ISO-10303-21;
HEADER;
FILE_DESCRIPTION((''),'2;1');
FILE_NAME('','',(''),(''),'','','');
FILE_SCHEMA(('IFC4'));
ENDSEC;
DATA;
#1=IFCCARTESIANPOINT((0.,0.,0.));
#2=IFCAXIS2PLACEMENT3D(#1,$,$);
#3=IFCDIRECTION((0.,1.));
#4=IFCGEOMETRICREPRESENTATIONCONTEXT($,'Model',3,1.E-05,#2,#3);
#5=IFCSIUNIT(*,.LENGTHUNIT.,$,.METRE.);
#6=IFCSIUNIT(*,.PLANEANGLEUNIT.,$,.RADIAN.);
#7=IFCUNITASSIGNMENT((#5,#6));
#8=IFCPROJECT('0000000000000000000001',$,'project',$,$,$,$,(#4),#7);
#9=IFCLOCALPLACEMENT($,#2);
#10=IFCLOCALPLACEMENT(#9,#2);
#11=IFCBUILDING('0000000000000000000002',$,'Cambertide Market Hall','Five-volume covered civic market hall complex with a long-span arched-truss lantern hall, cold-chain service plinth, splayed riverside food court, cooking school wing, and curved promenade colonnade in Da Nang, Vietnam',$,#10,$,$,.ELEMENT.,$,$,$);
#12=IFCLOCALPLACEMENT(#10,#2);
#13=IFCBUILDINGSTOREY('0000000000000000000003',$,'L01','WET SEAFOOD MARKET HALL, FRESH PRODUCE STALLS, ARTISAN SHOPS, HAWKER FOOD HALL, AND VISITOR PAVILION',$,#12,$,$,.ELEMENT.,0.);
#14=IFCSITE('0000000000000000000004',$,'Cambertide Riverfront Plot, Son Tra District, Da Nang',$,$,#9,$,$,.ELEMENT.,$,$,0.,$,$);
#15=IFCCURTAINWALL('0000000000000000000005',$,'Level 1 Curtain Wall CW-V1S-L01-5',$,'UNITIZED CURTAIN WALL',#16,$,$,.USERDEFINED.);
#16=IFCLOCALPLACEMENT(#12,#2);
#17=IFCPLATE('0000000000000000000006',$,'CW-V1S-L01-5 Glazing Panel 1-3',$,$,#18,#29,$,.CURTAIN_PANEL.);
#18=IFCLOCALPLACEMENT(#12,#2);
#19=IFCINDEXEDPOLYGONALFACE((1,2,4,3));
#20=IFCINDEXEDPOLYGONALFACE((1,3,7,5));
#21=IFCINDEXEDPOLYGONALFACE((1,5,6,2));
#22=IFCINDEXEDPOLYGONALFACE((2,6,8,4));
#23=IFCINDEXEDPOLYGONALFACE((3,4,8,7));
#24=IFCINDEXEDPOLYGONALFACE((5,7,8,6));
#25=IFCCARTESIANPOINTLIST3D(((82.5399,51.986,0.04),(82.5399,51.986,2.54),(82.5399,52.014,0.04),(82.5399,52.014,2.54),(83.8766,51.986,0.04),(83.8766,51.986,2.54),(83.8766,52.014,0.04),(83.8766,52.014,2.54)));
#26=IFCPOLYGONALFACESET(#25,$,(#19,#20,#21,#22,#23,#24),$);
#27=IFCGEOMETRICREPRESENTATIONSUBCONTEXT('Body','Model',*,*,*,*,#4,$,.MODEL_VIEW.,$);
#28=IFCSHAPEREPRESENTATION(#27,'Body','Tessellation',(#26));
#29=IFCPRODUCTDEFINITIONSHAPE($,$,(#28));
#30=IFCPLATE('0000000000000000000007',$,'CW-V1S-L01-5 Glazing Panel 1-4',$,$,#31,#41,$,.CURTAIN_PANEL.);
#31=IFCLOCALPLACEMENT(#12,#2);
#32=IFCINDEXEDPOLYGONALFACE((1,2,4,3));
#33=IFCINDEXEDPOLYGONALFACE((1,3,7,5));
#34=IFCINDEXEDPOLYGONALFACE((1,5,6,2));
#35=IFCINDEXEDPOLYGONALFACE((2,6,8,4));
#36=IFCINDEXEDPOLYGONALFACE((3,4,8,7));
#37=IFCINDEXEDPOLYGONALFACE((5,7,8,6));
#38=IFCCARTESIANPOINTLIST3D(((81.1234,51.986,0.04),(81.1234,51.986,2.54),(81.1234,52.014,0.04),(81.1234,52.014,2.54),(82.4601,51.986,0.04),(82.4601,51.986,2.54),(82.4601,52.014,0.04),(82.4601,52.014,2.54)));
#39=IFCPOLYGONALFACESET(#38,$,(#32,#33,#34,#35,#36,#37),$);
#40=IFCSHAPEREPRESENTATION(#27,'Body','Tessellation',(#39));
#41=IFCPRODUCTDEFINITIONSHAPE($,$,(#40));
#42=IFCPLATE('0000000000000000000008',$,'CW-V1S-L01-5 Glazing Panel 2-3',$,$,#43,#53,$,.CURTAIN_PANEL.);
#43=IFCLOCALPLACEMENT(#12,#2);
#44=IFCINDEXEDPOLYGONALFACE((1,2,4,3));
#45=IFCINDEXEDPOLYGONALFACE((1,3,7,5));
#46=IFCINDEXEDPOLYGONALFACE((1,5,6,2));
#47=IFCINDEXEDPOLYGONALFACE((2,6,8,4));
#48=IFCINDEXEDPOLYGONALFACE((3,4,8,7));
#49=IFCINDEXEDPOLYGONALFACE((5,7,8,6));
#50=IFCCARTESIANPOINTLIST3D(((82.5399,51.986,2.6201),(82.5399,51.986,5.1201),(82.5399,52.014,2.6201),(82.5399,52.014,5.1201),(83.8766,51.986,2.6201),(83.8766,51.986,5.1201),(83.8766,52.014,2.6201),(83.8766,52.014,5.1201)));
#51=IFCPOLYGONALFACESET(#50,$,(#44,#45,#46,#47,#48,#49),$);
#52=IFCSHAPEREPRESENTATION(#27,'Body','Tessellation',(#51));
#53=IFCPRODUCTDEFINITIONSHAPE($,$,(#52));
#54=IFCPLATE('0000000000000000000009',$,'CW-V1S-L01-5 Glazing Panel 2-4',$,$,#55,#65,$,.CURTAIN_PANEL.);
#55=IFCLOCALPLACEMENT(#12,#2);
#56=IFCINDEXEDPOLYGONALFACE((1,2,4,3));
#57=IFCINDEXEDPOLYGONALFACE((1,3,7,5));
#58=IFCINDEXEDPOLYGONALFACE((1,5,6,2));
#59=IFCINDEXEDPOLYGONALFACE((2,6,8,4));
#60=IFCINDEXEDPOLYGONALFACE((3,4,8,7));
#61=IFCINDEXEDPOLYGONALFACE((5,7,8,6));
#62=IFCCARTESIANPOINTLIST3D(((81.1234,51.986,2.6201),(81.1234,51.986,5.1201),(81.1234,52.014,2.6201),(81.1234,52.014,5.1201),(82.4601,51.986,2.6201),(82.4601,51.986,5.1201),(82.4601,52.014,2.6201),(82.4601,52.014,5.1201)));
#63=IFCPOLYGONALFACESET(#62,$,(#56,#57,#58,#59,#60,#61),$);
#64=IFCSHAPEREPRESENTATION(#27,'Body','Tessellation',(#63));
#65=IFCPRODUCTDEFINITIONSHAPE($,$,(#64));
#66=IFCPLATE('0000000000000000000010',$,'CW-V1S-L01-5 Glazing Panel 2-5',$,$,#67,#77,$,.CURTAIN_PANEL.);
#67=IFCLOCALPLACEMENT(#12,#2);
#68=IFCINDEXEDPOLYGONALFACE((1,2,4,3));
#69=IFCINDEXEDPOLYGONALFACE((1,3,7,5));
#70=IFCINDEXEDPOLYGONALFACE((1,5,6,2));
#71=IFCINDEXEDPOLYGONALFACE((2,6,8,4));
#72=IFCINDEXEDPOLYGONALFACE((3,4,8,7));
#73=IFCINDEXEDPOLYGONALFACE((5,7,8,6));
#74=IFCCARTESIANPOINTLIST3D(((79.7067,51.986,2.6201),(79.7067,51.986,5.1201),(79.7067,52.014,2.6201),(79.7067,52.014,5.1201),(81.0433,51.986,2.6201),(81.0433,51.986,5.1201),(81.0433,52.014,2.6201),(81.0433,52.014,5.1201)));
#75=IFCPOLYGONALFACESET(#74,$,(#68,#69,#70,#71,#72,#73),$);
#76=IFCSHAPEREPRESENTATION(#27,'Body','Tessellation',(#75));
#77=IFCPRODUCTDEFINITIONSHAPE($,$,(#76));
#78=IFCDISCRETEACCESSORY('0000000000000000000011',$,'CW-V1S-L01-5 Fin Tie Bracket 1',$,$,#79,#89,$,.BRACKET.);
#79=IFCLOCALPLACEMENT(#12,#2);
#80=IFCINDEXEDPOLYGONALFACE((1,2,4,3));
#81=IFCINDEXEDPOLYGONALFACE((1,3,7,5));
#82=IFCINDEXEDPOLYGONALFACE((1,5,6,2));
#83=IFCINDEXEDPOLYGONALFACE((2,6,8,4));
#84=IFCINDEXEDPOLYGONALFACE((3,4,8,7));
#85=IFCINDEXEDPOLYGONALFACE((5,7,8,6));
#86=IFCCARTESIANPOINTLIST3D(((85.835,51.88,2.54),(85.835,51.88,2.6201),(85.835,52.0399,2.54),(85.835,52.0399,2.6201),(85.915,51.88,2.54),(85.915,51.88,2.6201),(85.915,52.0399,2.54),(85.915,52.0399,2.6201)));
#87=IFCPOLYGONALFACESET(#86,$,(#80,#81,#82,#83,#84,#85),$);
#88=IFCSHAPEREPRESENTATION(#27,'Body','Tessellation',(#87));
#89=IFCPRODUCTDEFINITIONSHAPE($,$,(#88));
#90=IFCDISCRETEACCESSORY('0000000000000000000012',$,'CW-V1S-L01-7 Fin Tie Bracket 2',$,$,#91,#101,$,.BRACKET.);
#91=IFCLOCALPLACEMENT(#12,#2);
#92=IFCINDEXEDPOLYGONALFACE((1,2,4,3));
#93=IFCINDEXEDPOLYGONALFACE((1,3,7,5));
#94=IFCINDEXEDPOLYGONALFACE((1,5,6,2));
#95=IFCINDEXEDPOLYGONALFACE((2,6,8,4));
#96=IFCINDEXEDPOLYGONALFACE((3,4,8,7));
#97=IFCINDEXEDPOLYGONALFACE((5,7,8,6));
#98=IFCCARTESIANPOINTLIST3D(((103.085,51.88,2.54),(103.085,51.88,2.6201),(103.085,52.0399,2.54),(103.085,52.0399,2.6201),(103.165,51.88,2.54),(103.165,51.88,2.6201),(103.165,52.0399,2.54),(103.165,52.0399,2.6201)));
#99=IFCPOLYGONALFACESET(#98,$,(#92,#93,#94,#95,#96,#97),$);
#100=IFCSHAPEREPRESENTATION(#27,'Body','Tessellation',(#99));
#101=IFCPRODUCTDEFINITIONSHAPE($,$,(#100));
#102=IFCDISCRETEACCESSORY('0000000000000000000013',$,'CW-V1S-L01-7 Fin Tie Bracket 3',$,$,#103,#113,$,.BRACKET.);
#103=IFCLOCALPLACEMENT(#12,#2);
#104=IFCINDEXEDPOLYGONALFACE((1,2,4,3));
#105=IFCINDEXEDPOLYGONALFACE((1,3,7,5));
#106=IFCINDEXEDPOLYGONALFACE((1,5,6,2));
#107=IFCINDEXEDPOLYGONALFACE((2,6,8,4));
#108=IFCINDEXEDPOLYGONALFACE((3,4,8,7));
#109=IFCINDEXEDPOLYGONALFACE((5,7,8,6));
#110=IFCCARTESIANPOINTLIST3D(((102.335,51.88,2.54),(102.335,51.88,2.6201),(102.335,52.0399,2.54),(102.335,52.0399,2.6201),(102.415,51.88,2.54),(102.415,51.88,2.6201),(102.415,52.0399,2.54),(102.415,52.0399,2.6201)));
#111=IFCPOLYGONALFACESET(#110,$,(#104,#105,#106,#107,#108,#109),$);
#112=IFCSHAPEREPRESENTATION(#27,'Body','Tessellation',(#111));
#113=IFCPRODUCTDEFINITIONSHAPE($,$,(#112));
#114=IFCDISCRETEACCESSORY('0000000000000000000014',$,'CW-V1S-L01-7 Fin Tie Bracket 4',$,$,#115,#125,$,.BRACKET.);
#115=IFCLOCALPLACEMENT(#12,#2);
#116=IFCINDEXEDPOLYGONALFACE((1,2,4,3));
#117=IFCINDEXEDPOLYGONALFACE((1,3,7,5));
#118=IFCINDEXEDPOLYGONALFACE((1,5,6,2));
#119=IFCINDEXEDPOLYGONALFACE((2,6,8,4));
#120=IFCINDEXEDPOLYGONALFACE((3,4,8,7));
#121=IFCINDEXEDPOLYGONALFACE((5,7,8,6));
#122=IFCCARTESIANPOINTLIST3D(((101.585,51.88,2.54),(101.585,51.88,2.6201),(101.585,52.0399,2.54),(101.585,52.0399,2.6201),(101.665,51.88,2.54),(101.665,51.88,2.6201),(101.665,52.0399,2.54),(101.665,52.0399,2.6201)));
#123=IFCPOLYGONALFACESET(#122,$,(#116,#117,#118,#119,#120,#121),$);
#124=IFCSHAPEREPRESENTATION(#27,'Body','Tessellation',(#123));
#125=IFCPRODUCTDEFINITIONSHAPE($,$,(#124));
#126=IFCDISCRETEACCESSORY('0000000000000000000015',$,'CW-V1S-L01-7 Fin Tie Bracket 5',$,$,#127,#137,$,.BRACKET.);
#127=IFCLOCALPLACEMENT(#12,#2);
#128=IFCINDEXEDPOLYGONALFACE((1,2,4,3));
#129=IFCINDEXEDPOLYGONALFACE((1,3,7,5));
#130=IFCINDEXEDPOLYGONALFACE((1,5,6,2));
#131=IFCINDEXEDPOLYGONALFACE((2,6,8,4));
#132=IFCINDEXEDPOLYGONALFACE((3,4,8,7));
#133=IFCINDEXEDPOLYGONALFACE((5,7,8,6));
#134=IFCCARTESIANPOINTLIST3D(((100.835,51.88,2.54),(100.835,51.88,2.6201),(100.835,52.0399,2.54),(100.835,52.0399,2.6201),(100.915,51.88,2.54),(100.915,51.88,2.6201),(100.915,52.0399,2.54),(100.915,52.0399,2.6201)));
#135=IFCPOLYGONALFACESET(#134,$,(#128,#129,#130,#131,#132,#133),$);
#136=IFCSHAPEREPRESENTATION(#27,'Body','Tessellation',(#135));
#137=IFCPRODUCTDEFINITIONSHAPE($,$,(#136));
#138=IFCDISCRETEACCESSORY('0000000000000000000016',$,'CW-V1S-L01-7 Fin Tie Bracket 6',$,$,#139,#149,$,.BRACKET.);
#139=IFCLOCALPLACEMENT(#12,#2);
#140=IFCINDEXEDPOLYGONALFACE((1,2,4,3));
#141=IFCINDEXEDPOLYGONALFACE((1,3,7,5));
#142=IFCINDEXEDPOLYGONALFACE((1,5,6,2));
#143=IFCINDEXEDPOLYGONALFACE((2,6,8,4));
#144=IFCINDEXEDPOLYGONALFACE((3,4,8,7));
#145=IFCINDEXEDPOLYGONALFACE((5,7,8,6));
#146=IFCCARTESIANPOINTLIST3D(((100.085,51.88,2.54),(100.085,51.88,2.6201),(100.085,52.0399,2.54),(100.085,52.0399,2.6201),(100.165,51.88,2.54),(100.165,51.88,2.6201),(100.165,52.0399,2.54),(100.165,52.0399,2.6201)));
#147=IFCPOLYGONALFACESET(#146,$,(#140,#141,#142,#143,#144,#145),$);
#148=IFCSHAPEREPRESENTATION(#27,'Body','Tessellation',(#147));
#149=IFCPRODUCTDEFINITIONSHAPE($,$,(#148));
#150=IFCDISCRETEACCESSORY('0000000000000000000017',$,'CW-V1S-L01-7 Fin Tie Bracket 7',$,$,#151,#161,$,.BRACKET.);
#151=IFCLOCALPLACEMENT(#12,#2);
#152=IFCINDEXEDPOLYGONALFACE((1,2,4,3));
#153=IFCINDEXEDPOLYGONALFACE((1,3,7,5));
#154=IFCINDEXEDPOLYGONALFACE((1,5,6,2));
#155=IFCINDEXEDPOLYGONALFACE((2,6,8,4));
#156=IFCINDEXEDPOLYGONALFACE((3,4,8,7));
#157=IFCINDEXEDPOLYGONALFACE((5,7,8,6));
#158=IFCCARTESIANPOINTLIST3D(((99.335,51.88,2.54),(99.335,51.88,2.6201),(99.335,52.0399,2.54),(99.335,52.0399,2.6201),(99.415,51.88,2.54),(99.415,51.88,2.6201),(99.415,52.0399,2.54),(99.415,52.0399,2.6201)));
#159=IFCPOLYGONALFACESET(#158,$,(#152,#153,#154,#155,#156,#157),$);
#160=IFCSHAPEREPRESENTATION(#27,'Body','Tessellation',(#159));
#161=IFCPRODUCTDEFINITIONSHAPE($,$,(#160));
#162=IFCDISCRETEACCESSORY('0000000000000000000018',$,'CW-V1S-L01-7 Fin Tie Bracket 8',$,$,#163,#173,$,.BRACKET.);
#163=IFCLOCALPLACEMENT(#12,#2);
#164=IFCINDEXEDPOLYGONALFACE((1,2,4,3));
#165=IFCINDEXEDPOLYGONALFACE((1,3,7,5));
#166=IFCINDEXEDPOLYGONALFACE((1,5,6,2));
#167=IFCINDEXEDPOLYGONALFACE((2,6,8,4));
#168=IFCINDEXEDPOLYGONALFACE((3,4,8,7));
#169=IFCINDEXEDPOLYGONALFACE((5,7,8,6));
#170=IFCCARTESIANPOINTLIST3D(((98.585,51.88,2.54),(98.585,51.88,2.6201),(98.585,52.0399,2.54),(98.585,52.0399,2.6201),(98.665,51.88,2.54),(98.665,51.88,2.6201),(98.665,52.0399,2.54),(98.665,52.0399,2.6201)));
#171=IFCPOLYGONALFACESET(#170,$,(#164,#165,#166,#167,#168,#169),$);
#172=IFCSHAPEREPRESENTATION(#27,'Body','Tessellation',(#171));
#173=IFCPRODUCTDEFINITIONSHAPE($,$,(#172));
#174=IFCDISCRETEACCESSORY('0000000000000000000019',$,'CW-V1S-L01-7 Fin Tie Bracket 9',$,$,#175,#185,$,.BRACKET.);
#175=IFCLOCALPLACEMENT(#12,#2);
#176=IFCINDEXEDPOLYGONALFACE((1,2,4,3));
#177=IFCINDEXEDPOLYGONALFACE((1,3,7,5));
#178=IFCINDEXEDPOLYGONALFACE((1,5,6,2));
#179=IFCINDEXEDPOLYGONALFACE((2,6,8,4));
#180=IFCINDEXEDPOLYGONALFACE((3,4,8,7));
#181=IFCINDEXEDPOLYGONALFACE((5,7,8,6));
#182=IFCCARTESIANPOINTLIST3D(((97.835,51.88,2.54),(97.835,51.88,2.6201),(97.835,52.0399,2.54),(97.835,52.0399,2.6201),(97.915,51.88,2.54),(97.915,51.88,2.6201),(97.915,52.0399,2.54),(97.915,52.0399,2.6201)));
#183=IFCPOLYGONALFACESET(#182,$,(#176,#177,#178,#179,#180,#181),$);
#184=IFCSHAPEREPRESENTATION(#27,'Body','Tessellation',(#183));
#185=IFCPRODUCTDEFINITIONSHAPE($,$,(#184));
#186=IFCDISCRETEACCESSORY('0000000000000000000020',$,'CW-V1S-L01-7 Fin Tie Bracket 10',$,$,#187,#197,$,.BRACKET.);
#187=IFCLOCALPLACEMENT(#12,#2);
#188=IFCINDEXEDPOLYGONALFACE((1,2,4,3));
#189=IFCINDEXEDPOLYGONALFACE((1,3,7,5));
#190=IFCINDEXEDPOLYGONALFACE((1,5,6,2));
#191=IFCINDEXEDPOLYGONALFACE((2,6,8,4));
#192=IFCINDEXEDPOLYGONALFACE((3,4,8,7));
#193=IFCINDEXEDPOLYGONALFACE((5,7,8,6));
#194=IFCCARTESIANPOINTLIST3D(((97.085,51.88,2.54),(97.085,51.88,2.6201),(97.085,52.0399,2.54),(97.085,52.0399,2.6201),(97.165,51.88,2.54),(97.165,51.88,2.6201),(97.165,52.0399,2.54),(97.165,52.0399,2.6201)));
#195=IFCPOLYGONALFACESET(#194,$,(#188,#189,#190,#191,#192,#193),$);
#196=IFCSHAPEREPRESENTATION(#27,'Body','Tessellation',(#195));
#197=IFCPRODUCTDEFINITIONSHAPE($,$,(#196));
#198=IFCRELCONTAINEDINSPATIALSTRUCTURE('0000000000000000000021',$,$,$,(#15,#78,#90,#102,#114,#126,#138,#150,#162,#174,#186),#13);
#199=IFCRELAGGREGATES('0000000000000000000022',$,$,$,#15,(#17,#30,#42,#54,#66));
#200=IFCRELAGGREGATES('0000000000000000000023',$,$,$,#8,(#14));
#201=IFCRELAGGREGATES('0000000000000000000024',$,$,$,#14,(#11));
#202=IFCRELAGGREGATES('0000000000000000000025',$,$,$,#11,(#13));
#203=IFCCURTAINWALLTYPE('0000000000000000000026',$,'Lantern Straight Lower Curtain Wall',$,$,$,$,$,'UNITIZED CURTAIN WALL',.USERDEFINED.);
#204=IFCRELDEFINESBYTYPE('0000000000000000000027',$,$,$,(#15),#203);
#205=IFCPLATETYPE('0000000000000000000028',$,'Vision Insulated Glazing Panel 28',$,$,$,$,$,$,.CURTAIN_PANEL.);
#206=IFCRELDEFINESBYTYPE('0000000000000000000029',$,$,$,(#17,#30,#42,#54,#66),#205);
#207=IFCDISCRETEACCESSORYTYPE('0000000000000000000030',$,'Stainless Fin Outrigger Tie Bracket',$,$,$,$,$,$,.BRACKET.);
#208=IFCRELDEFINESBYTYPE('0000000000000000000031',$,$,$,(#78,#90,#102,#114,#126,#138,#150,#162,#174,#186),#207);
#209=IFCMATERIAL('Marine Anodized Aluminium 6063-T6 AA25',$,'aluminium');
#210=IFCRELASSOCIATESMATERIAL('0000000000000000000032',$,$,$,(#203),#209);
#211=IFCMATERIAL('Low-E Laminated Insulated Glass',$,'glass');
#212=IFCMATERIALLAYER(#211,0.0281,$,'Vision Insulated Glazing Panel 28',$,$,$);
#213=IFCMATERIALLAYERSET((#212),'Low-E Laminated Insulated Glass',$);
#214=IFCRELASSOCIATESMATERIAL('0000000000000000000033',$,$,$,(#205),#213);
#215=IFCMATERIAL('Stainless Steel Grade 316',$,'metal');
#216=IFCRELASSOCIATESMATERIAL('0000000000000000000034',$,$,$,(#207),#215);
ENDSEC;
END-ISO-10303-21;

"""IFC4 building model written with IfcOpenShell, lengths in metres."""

from ifc_helpers import new_model, si_unit, direction, frame, origin, origin_2d, place, context, subcontext, project, spatial, rectangle, extrude, material, layer, layer_set, type_object, element, aggregate, save


model = new_model("IFC4")

# Units and contexts
model_context = context("Model", 3, precision=1e-05, world=origin(), true_north=direction((0.0, 1.0)))
body_context = subcontext(model_context, "Body", "Model", "MODEL_VIEW")
ifc_project = project(units=[si_unit("LENGTHUNIT", "METRE"), si_unit("PLANEANGLEUNIT", "RADIAN")], contexts=[model_context])

# Site, building, storey
site_placement = place(None, origin())
site = spatial("IfcSite", under=ifc_project, at=site_placement, Name="Cambertide Riverfront Plot, Son Tra District, Da Nang", CompositionType="ELEMENT", RefElevation=0.0)
building_placement = place(site_placement, origin())
building = spatial("IfcBuilding", under=site, at=building_placement, Name="Cambertide Market Hall", Description="Five-volume covered civic market hall complex with a long-span arched-truss lantern hall, cold-chain service plinth, splayed riverside food court, cooking school wing, and curved promenade colonnade in Da Nang, Vietnam", CompositionType="ELEMENT")
storey_placement = place(building_placement, origin())
storey = spatial("IfcBuildingStorey", under=building, at=storey_placement, Name="L01", Description="WET SEAFOOD MARKET HALL, FRESH PRODUCE STALLS, ARTISAN SHOPS, HAWKER FOOD HALL, AND VISITOR PAVILION", CompositionType="ELEMENT", Elevation=0.0)

# Curtain wall, plates
ifc_material_1 = material(Name="Marine Anodized Aluminium 6063-T6 AA25", Category="aluminium")
curtain_wall_type = type_object("IfcCurtainWallType", Name="Lantern Straight Lower Curtain Wall", ElementType="UNITIZED CURTAIN WALL", PredefinedType="USERDEFINED", material=ifc_material_1)
curtain_wall_placement = place(storey_placement, origin())
curtain_wall = element("IfcCurtainWall", 1, at=curtain_wall_placement, inside=storey, type_object=curtain_wall_type, Name="Level 1 Curtain Wall CW-V1S-L01-5", ObjectType="UNITIZED CURTAIN WALL", PredefinedType="USERDEFINED")
ifc_material_2 = material(Name="Low-E Laminated Insulated Glass", Category="glass")
ifc_layer = layer(ifc_material_2, 0.0281, Name="Vision Insulated Glazing Panel 28")
ifc_layer_set = layer_set([ifc_layer], Name="Low-E Laminated Insulated Glass")
plate_type = type_object("IfcPlateType", Name="Vision Insulated Glazing Panel 28", PredefinedType="CURTAIN_PANEL", material=ifc_layer_set)
plate_1_placement = place(storey_placement, frame((83.2083, 52.0, 0.04), z_axis=(0.0, 0.0, 1.0), x_axis=(-1.0, 0.0, 0.0)))
plate_1 = element("IfcPlate", 2, at=plate_1_placement, type_object=plate_type, Name="CW-V1S-L01-5 Glazing Panel 1-3", PredefinedType="CURTAIN_PANEL", context=body_context, shape_type="SweptSolid", body=[
    extrude(rectangle(XDim=1.3367, YDim=0.0281, at=origin_2d()), origin(), (0.0, 0.0, 1.0), 2.5),
])
plate_2_placement = place(storey_placement, frame((81.7917, 52.0, 0.04), z_axis=(0.0, 0.0, 1.0), x_axis=(-1.0, 0.0, 0.0)))
plate_2 = element("IfcPlate", 3, at=plate_2_placement, type_object=plate_type, Name="CW-V1S-L01-5 Glazing Panel 1-4", PredefinedType="CURTAIN_PANEL", context=body_context, shape_type="SweptSolid", body=[
    extrude(rectangle(XDim=1.3367, YDim=0.0281, at=origin_2d()), origin(), (0.0, 0.0, 1.0), 2.5),
])
plate_3_placement = place(storey_placement, frame((83.2083, 52.0, 2.6201), z_axis=(0.0, 0.0, 1.0), x_axis=(-1.0, 0.0, 0.0)))
plate_3 = element("IfcPlate", 4, at=plate_3_placement, type_object=plate_type, Name="CW-V1S-L01-5 Glazing Panel 2-3", PredefinedType="CURTAIN_PANEL", context=body_context, shape_type="SweptSolid", body=[
    extrude(rectangle(XDim=1.3367, YDim=0.0281, at=origin_2d()), origin(), (0.0, 0.0, 1.0), 2.5),
])
plate_4_placement = place(storey_placement, frame((81.7917, 52.0, 2.6201), z_axis=(0.0, 0.0, 1.0), x_axis=(-1.0, 0.0, 0.0)))
plate_4 = element("IfcPlate", 5, at=plate_4_placement, type_object=plate_type, Name="CW-V1S-L01-5 Glazing Panel 2-4", PredefinedType="CURTAIN_PANEL", context=body_context, shape_type="SweptSolid", body=[
    extrude(rectangle(XDim=1.3367, YDim=0.0281, at=origin_2d()), origin(), (0.0, 0.0, 1.0), 2.5),
])
plate_5_placement = place(storey_placement, frame((80.375, 52.0, 2.6201), z_axis=(0.0, 0.0, 1.0), x_axis=(-1.0, 0.0, 0.0)))
plate_5 = element("IfcPlate", 6, at=plate_5_placement, type_object=plate_type, Name="CW-V1S-L01-5 Glazing Panel 2-5", PredefinedType="CURTAIN_PANEL", context=body_context, shape_type="SweptSolid", body=[
    extrude(rectangle(XDim=1.3367, YDim=0.0281, at=origin_2d()), origin(), (0.0, 0.0, 1.0), 2.5),
])
aggregate(curtain_wall, [plate_1, plate_2, plate_3, plate_4, plate_5])

# Discrete accessories
ifc_material_3 = material(Name="Stainless Steel Grade 316", Category="metal")
discrete_accessory_type = type_object("IfcDiscreteAccessoryType", Name="Stainless Fin Outrigger Tie Bracket", PredefinedType="BRACKET", material=ifc_material_3)
for number, where, z_axis, x_axis, name in (
    (7, (85.875, 51.96, 2.54), (0.0, 0.0, 1.0), (-1.0, 0.0, 0.0), "CW-V1S-L01-5 Fin Tie Bracket 1"),
    (8, (103.125, 51.96, 2.54), (0.0, 0.0, 1.0), (-1.0, 0.0, 0.0), "CW-V1S-L01-7 Fin Tie Bracket 2"),
    (9, (102.375, 51.96, 2.54), (0.0, 0.0, 1.0), (-1.0, 0.0, 0.0), "CW-V1S-L01-7 Fin Tie Bracket 3"),
    (10, (101.625, 51.96, 2.54), (0.0, 0.0, 1.0), (-1.0, 0.0, 0.0), "CW-V1S-L01-7 Fin Tie Bracket 4"),
    (11, (100.875, 51.96, 2.54), (0.0, 0.0, 1.0), (-1.0, 0.0, 0.0), "CW-V1S-L01-7 Fin Tie Bracket 5"),
    (12, (100.125, 51.96, 2.54), (0.0, 0.0, 1.0), (-1.0, 0.0, 0.0), "CW-V1S-L01-7 Fin Tie Bracket 6"),
    (13, (99.375, 51.96, 2.54), (0.0, 0.0, 1.0), (-1.0, 0.0, 0.0), "CW-V1S-L01-7 Fin Tie Bracket 7"),
    (14, (98.625, 51.96, 2.54), (0.0, 0.0, 1.0), (-1.0, 0.0, 0.0), "CW-V1S-L01-7 Fin Tie Bracket 8"),
    (15, (97.875, 51.96, 2.54), (0.0, 0.0, 1.0), (-1.0, 0.0, 0.0), "CW-V1S-L01-7 Fin Tie Bracket 9"),
    (16, (97.125, 51.96, 2.54), (0.0, 0.0, 1.0), (-1.0, 0.0, 0.0), "CW-V1S-L01-7 Fin Tie Bracket 10"),
):
    element("IfcDiscreteAccessory", number, at=place(storey_placement, frame(where, z_axis=z_axis, x_axis=x_axis)), inside=storey, type_object=discrete_accessory_type, Name=name, PredefinedType="BRACKET", context=body_context, shape_type="SweptSolid", body=[
        extrude(rectangle(XDim=0.0801, YDim=0.1599, at=origin_2d()), origin(), (0.0, 0.0, 1.0), 0.0801),
    ])

save(model, "model.ifc")
